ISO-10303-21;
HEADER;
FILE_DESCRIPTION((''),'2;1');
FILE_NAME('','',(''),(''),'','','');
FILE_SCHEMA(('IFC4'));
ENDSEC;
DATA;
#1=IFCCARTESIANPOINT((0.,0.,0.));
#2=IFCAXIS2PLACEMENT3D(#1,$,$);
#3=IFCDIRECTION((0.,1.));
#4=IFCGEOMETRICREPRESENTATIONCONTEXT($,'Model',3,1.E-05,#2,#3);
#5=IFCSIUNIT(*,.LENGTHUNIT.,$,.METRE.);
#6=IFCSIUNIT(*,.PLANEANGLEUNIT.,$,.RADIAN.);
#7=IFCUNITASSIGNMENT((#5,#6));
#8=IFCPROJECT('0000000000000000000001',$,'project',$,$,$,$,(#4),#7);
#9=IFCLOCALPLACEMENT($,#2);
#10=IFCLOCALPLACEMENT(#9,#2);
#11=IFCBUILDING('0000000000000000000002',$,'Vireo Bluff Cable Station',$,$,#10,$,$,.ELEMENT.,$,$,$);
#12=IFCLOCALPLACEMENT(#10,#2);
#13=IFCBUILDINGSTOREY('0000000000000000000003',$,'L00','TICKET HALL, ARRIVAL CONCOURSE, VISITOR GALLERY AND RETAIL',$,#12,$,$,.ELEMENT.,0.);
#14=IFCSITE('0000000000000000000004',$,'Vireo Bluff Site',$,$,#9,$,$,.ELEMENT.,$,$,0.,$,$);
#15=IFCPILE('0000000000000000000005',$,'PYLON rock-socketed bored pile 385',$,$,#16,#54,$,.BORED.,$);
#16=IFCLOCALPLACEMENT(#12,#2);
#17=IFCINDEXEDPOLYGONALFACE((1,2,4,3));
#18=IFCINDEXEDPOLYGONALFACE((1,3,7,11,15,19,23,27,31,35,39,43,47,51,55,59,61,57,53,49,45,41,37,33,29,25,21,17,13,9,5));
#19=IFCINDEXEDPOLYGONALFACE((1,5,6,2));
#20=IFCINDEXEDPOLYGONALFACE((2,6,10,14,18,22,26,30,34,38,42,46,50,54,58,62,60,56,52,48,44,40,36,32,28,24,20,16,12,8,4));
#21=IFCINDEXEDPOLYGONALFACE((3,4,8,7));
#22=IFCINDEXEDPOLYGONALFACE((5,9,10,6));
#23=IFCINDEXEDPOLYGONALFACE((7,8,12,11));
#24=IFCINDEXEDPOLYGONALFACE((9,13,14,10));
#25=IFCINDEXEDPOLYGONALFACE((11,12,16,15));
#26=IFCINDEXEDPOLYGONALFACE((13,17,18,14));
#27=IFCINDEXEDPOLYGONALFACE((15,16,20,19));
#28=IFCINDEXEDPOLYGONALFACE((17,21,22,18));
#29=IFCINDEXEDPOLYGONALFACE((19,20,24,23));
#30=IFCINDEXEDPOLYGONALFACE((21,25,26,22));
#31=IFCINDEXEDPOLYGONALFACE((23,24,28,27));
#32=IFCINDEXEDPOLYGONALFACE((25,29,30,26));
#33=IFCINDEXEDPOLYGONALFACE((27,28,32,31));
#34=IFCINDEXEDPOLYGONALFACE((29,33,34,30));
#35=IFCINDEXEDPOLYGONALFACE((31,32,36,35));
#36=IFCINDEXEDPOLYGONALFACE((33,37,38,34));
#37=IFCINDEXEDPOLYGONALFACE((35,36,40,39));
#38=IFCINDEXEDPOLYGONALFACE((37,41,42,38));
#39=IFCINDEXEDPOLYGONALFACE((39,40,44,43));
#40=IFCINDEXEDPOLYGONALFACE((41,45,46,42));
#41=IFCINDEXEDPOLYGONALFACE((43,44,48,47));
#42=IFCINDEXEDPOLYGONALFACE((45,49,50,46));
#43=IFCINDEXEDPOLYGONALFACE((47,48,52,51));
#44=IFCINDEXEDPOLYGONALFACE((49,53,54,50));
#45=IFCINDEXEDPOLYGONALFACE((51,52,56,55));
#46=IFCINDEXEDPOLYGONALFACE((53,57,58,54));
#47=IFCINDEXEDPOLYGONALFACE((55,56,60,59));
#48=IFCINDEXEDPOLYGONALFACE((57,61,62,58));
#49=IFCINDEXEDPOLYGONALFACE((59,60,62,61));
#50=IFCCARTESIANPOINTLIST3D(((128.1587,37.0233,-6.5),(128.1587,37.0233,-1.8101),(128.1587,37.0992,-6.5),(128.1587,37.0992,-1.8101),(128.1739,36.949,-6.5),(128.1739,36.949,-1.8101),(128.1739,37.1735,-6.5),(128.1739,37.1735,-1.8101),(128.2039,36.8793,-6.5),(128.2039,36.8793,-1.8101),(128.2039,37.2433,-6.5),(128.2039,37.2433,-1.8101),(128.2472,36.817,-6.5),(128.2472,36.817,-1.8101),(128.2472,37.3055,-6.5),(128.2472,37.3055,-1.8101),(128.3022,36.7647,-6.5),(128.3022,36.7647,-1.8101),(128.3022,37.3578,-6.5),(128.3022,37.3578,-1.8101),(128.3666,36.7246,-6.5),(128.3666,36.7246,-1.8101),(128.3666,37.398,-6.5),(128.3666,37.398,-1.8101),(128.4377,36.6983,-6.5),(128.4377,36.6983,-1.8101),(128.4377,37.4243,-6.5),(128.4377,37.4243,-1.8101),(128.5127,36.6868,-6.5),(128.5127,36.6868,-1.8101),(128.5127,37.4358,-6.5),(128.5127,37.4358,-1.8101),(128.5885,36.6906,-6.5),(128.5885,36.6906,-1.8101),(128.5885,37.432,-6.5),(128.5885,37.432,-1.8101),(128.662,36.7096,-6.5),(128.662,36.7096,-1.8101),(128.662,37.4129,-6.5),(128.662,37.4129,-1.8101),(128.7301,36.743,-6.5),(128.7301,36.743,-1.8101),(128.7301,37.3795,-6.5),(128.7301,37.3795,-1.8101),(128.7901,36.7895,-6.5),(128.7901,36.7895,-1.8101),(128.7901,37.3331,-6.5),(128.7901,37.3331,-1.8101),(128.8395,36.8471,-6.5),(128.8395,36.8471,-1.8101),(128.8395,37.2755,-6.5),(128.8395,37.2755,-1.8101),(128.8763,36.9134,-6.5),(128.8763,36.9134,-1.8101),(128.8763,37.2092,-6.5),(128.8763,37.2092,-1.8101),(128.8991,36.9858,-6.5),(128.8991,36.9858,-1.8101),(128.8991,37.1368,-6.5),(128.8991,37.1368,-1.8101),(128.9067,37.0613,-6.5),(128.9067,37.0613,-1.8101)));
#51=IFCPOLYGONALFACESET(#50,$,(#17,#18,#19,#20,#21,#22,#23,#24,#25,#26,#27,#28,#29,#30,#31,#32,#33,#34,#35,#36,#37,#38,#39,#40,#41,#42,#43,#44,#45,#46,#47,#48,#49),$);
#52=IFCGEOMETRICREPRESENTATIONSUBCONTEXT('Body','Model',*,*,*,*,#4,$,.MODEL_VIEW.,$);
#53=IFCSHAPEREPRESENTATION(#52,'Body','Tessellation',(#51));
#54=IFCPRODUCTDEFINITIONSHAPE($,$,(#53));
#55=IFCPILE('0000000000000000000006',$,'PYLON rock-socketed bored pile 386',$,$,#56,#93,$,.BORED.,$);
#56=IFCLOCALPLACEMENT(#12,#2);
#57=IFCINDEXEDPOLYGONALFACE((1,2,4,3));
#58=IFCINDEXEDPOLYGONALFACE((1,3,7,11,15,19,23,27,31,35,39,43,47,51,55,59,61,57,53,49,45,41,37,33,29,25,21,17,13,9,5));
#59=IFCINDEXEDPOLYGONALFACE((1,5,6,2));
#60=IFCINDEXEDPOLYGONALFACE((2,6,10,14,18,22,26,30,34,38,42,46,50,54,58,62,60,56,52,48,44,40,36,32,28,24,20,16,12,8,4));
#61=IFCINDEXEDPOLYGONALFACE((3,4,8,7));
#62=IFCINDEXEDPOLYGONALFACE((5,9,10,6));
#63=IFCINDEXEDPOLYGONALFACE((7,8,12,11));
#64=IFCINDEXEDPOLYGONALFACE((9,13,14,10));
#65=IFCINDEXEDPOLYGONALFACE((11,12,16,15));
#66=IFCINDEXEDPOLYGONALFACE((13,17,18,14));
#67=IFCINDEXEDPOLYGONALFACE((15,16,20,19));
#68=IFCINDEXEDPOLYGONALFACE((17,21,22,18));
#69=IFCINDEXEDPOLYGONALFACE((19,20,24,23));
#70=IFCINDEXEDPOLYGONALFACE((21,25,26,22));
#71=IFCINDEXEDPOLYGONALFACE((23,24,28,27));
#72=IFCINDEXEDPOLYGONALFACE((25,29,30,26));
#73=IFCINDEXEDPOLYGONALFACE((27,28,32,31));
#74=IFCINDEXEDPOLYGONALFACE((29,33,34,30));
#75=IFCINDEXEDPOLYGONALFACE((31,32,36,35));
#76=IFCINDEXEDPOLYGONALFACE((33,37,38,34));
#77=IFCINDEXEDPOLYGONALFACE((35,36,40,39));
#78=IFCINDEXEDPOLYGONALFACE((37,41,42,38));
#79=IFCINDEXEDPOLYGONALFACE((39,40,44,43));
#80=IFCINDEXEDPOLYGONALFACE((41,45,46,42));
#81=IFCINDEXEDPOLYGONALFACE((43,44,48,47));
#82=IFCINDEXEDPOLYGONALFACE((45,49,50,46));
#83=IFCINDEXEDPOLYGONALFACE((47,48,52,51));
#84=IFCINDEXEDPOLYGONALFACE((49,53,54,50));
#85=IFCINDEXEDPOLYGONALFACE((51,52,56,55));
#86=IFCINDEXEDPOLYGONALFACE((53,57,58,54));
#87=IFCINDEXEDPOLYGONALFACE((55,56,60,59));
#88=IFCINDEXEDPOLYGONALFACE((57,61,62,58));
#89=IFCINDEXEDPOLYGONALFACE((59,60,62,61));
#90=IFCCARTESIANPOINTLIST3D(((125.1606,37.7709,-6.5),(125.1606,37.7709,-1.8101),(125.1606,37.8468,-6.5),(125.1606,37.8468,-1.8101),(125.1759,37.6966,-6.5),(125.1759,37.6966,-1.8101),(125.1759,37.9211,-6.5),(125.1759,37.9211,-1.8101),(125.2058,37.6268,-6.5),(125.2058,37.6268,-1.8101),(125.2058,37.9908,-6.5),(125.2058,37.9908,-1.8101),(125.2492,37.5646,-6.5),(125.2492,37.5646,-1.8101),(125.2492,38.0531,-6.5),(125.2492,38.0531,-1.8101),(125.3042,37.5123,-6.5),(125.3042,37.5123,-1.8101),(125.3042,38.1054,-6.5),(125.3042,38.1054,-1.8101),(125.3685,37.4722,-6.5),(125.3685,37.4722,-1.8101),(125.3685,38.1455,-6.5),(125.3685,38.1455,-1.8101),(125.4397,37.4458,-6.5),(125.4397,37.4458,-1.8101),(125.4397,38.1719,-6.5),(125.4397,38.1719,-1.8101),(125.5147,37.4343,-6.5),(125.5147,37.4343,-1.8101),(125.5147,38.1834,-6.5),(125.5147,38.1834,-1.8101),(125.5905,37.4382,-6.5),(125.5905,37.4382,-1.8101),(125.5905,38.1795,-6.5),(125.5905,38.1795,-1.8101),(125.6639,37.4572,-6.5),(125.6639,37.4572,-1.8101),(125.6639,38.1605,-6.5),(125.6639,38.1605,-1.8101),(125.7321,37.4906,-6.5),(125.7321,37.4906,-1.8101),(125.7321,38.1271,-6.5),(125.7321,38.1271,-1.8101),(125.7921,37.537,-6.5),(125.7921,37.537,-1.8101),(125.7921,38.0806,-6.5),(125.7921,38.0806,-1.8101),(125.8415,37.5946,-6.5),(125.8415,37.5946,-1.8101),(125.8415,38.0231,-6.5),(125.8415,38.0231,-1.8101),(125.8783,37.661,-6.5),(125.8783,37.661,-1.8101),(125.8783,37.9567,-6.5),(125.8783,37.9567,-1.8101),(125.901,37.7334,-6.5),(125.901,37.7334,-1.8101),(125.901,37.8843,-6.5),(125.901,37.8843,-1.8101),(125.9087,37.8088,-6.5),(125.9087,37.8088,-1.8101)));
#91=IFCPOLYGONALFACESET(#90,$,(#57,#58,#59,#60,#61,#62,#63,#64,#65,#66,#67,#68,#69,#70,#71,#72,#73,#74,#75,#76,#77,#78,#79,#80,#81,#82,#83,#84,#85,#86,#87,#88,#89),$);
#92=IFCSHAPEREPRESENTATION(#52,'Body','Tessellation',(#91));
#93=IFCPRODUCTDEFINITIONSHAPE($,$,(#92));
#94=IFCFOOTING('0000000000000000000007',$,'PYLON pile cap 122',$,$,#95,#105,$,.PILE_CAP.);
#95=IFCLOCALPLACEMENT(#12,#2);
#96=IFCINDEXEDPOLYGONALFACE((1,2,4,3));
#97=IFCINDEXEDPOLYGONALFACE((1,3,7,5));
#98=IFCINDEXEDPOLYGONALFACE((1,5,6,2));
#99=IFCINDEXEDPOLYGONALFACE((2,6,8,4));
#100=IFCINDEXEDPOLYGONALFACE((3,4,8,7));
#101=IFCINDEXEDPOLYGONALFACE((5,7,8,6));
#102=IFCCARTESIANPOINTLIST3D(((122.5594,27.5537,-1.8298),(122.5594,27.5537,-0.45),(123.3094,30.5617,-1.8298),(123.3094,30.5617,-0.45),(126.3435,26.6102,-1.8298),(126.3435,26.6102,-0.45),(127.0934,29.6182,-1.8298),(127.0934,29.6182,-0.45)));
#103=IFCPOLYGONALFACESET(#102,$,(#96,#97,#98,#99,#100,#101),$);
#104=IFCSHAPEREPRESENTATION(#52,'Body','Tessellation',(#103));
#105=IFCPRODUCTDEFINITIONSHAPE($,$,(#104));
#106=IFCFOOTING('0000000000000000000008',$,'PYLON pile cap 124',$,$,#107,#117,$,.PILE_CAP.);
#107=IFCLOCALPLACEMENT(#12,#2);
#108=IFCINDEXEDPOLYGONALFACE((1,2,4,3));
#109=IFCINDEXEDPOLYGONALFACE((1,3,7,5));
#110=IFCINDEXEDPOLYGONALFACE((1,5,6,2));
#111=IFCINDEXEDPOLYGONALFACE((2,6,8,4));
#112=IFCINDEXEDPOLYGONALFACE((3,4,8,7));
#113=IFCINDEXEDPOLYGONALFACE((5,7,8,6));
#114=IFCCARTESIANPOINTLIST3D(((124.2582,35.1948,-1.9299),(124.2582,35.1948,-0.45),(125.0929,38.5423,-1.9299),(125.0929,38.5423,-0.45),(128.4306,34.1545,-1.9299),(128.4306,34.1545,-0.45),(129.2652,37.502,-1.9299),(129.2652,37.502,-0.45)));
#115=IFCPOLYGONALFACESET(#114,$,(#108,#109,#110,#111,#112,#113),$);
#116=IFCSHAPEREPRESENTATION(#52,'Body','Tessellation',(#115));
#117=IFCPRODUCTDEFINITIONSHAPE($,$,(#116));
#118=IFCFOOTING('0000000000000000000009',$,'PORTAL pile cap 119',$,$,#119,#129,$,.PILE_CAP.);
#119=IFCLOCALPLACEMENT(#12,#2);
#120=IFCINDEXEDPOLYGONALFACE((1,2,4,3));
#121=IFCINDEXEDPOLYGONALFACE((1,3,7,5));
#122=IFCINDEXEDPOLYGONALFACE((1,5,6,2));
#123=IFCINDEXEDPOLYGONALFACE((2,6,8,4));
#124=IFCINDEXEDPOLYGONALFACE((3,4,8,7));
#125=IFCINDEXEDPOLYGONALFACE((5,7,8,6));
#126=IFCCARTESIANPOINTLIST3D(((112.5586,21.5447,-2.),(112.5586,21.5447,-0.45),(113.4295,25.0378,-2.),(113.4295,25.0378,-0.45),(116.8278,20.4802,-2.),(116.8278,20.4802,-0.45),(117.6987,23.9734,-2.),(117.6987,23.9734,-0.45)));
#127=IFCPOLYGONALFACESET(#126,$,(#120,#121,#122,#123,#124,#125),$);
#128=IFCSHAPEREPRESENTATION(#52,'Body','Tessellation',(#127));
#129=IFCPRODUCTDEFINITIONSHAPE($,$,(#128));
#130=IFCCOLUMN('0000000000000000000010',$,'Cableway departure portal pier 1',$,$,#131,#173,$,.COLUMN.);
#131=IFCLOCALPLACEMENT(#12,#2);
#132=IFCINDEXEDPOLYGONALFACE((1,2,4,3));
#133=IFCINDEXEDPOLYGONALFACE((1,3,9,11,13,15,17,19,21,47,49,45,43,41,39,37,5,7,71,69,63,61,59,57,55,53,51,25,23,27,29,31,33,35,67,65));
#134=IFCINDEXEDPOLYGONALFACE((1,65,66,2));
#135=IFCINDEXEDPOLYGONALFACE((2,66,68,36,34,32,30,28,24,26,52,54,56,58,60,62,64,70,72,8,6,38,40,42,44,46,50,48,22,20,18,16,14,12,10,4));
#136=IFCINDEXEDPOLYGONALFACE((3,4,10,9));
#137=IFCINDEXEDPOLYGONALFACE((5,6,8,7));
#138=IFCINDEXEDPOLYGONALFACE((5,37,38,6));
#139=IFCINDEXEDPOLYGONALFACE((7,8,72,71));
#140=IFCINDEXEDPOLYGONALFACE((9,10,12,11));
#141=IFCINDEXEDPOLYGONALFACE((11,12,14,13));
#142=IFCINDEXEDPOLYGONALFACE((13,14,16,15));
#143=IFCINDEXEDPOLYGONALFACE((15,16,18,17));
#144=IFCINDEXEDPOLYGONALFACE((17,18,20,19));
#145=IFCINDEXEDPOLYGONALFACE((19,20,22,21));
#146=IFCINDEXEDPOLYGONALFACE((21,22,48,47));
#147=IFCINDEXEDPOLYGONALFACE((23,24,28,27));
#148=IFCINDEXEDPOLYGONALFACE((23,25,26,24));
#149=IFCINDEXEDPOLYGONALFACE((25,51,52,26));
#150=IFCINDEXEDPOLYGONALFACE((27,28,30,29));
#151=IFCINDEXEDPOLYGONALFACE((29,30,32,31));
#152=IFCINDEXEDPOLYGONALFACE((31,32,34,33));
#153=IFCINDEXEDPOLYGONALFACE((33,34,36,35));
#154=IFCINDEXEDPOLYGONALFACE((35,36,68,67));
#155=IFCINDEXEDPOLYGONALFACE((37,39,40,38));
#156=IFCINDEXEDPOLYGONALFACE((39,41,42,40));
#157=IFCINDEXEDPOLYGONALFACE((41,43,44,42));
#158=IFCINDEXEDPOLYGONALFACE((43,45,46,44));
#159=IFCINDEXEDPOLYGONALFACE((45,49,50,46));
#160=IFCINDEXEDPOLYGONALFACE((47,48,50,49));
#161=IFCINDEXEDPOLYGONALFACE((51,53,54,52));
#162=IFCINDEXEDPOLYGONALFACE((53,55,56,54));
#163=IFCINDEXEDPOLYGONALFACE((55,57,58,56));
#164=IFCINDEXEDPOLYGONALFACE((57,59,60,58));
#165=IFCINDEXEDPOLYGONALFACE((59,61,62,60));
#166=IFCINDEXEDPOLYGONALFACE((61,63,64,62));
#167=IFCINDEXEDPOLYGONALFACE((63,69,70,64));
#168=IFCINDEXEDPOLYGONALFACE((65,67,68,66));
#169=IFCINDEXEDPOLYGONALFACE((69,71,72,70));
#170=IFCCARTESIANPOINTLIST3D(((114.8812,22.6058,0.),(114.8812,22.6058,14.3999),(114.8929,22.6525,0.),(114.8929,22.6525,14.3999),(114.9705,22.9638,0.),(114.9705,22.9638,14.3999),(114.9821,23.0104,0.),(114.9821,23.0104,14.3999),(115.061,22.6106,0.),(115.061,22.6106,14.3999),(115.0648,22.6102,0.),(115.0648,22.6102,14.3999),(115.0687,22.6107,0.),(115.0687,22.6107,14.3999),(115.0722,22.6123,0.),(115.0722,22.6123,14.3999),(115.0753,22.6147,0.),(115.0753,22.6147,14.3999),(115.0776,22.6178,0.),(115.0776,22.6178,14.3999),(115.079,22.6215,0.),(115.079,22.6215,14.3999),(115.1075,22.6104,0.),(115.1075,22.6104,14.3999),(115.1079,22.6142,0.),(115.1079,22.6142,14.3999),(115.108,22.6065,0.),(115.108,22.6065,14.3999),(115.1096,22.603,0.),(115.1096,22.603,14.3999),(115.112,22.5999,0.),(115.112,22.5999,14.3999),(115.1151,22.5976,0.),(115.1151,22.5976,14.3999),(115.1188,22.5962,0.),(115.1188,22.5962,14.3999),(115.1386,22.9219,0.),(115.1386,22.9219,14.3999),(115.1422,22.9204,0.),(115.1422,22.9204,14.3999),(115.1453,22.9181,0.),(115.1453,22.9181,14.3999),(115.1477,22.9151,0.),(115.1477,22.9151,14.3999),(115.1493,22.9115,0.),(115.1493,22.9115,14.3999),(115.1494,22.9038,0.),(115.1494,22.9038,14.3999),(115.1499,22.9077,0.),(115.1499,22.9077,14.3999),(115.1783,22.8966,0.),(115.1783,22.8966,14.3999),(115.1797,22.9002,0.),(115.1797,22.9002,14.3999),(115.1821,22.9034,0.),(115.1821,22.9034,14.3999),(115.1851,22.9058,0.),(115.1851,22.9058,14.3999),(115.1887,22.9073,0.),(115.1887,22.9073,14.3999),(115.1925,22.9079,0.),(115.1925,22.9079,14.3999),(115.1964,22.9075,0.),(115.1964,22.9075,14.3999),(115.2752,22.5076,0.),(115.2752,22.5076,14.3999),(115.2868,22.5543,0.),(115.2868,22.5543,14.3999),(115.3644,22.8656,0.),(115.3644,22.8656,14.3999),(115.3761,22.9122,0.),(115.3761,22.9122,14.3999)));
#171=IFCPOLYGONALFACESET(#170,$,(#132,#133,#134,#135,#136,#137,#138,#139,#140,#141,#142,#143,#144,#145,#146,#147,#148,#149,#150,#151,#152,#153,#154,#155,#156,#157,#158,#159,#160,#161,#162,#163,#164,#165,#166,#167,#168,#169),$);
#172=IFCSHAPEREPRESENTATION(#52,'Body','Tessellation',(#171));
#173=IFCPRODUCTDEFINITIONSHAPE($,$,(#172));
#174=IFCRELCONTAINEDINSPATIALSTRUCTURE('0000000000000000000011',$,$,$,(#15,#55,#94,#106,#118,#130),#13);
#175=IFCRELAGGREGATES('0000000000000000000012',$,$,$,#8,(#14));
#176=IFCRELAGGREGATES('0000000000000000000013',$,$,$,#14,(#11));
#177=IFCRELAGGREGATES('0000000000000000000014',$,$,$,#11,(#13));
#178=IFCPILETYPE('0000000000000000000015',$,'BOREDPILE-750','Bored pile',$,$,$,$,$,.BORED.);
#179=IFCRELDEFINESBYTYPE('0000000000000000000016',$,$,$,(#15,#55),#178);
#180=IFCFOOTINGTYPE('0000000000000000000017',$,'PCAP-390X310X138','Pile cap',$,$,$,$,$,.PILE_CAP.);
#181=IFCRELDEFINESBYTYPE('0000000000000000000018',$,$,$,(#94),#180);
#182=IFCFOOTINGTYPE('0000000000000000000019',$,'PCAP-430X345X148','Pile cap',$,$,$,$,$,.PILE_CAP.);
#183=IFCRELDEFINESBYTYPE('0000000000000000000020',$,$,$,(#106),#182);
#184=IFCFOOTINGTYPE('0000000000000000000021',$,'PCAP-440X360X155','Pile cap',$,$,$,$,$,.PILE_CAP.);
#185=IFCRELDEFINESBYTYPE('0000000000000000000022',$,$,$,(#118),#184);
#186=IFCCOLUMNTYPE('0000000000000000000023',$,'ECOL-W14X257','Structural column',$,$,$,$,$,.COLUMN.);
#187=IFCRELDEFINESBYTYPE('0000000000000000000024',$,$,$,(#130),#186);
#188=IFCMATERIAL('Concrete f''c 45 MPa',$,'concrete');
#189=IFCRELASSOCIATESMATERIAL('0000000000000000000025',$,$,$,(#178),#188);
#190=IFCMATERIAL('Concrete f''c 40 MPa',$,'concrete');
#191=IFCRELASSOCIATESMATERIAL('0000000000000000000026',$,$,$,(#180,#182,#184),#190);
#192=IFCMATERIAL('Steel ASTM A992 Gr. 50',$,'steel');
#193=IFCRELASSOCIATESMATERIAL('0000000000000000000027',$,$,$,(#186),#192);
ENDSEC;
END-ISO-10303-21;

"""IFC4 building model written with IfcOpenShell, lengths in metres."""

from ifc_helpers import new_model, si_unit, direction, frame, origin, origin_2d, place, context, subcontext, project, spatial, rectangle, circle, i_section, extrude, material, material_profile, profile_set, type_object, element, save


model = new_model("IFC4")

# Units and contexts
model_context = context("Model", 3, precision=1e-05, world=origin(), true_north=direction((0.0, 1.0)))
body_context = subcontext(model_context, "Body", "Model", "MODEL_VIEW")
ifc_project = project(units=[si_unit("LENGTHUNIT", "METRE"), si_unit("PLANEANGLEUNIT", "RADIAN")], contexts=[model_context])

# Site, building, storey
site_placement = place(None, origin())
site = spatial("IfcSite", under=ifc_project, at=site_placement, Name="Vireo Bluff Site", CompositionType="ELEMENT", RefElevation=0.0)
building_placement = place(site_placement, origin())
building = spatial("IfcBuilding", under=site, at=building_placement, Name="Vireo Bluff Cable Station", CompositionType="ELEMENT")
storey_placement = place(building_placement, origin())
storey = spatial("IfcBuildingStorey", under=building, at=storey_placement, Name="L00", Description="TICKET HALL, ARRIVAL CONCOURSE, VISITOR GALLERY AND RETAIL", CompositionType="ELEMENT", Elevation=0.0)

# Piles
ifc_material_1 = material(Name="Concrete f'c 45 MPa", Category="concrete")
ifc_material_profile_1 = material_profile(ifc_material_1, circle(Radius=0.375, at=origin_2d()), Name="BOREDPILE-750")
ifc_profile_set_1 = profile_set([ifc_material_profile_1], Name="Concrete f'c 45 MPa")
pile_type = type_object("IfcPileType", Name="BOREDPILE-750", Description="Bored pile", PredefinedType="BORED", material=ifc_profile_set_1)
for number, where, z_axis, x_axis, name in (
    (1, (128.5317, 37.0613, -1.8101), (0.0, 0.0, -1.0), (1.0, 0.0, 0.0), "PYLON rock-socketed bored pile 385"),
    (2, (125.5337, 37.8088, -1.8101), (0.0, 0.0, -1.0), (1.0, 0.0, 0.0), "PYLON rock-socketed bored pile 386"),
):
    element("IfcPile", number, at=place(storey_placement, frame(where, z_axis=z_axis, x_axis=x_axis)), inside=storey, type_object=pile_type, Name=name, PredefinedType="BORED", context=body_context, shape_type="SweptSolid", body=[
        extrude(circle(Radius=0.375, at=origin_2d()), origin(), (0.0, 0.0, 1.0), 4.6899),
    ])

# Footings
ifc_material_2 = material(Name="Concrete f'c 40 MPa", Category="concrete")
footing_type_1 = type_object("IfcFootingType", Name="PCAP-390X310X138", Description="Pile cap", PredefinedType="PILE_CAP", material=ifc_material_2)
footing_1_placement = place(storey_placement, frame((124.8264, 28.5859, -1.8298), z_axis=(0.0, 0.0, 1.0), x_axis=(0.970296, -0.241922, 0.0)))
element("IfcFooting", 3, at=footing_1_placement, inside=storey, type_object=footing_type_1, Name="PYLON pile cap 122", PredefinedType="PILE_CAP", context=body_context, shape_type="SweptSolid", body=[
    extrude(rectangle(XDim=3.8999, YDim=3.1001, at=origin_2d()), origin(), (0.0, 0.0, 1.0), 1.3799),
])
footing_type_2 = type_object("IfcFootingType", Name="PCAP-430X345X148", Description="Pile cap", PredefinedType="PILE_CAP", material=ifc_material_2)
footing_2_placement = place(storey_placement, frame((126.7617, 36.3484, -1.9299), z_axis=(0.0, 0.0, 1.0), x_axis=(0.970296, -0.241922, 0.0)))
element("IfcFooting", 4, at=footing_2_placement, inside=storey, type_object=footing_type_2, Name="PYLON pile cap 124", PredefinedType="PILE_CAP", context=body_context, shape_type="SweptSolid", body=[
    extrude(rectangle(XDim=4.3, YDim=3.45, at=origin_2d()), origin(), (0.0, 0.0, 1.0), 1.48),
])
footing_type_3 = type_object("IfcFootingType", Name="PCAP-440X360X155", Description="Pile cap", PredefinedType="PILE_CAP", material=ifc_material_2)
footing_3_placement = place(storey_placement, frame((115.1287, 22.759, -2.0), z_axis=(0.0, 0.0, 1.0), x_axis=(0.970296, -0.241922, 0.0)))
element("IfcFooting", 5, at=footing_3_placement, inside=storey, type_object=footing_type_3, Name="PORTAL pile cap 119", PredefinedType="PILE_CAP", context=body_context, shape_type="SweptSolid", body=[
    extrude(rectangle(XDim=4.3999, YDim=3.6001, at=origin_2d()), origin(), (0.0, 0.0, 1.0), 1.55),
])

# Column
ifc_material_3 = material(Name="Steel ASTM A992 Gr. 50", Category="steel")
ifc_material_profile_2 = material_profile(ifc_material_3, i_section(OverallWidth=0.406, OverallDepth=0.417, WebThickness=0.0298, FlangeThickness=0.0481, FilletRadius=0.0149, at=origin_2d()), Name="W14X257")
ifc_profile_set_2 = profile_set([ifc_material_profile_2], Name="Steel ASTM A992 Gr. 50")
column_type = type_object("IfcColumnType", Name="ECOL-W14X257", Description="Structural column", PredefinedType="COLUMN", material=ifc_profile_set_2)
column_placement = place(storey_placement, frame((115.1287, 22.759, 0.0), z_axis=(0.0, 0.0, 1.0), x_axis=(0.970296, -0.241922, 0.0)))
element("IfcColumn", 6, at=column_placement, inside=storey, type_object=column_type, Name="Cableway departure portal pier 1", PredefinedType="COLUMN", context=body_context, shape_type="SweptSolid", body=[
    extrude(i_section(OverallWidth=0.406, OverallDepth=0.417, WebThickness=0.0298, FlangeThickness=0.0481, FilletRadius=0.0149, at=origin_2d()), origin(), (0.0, 0.0, 1.0), 14.3999),
])

save(model, "model.ifc")
